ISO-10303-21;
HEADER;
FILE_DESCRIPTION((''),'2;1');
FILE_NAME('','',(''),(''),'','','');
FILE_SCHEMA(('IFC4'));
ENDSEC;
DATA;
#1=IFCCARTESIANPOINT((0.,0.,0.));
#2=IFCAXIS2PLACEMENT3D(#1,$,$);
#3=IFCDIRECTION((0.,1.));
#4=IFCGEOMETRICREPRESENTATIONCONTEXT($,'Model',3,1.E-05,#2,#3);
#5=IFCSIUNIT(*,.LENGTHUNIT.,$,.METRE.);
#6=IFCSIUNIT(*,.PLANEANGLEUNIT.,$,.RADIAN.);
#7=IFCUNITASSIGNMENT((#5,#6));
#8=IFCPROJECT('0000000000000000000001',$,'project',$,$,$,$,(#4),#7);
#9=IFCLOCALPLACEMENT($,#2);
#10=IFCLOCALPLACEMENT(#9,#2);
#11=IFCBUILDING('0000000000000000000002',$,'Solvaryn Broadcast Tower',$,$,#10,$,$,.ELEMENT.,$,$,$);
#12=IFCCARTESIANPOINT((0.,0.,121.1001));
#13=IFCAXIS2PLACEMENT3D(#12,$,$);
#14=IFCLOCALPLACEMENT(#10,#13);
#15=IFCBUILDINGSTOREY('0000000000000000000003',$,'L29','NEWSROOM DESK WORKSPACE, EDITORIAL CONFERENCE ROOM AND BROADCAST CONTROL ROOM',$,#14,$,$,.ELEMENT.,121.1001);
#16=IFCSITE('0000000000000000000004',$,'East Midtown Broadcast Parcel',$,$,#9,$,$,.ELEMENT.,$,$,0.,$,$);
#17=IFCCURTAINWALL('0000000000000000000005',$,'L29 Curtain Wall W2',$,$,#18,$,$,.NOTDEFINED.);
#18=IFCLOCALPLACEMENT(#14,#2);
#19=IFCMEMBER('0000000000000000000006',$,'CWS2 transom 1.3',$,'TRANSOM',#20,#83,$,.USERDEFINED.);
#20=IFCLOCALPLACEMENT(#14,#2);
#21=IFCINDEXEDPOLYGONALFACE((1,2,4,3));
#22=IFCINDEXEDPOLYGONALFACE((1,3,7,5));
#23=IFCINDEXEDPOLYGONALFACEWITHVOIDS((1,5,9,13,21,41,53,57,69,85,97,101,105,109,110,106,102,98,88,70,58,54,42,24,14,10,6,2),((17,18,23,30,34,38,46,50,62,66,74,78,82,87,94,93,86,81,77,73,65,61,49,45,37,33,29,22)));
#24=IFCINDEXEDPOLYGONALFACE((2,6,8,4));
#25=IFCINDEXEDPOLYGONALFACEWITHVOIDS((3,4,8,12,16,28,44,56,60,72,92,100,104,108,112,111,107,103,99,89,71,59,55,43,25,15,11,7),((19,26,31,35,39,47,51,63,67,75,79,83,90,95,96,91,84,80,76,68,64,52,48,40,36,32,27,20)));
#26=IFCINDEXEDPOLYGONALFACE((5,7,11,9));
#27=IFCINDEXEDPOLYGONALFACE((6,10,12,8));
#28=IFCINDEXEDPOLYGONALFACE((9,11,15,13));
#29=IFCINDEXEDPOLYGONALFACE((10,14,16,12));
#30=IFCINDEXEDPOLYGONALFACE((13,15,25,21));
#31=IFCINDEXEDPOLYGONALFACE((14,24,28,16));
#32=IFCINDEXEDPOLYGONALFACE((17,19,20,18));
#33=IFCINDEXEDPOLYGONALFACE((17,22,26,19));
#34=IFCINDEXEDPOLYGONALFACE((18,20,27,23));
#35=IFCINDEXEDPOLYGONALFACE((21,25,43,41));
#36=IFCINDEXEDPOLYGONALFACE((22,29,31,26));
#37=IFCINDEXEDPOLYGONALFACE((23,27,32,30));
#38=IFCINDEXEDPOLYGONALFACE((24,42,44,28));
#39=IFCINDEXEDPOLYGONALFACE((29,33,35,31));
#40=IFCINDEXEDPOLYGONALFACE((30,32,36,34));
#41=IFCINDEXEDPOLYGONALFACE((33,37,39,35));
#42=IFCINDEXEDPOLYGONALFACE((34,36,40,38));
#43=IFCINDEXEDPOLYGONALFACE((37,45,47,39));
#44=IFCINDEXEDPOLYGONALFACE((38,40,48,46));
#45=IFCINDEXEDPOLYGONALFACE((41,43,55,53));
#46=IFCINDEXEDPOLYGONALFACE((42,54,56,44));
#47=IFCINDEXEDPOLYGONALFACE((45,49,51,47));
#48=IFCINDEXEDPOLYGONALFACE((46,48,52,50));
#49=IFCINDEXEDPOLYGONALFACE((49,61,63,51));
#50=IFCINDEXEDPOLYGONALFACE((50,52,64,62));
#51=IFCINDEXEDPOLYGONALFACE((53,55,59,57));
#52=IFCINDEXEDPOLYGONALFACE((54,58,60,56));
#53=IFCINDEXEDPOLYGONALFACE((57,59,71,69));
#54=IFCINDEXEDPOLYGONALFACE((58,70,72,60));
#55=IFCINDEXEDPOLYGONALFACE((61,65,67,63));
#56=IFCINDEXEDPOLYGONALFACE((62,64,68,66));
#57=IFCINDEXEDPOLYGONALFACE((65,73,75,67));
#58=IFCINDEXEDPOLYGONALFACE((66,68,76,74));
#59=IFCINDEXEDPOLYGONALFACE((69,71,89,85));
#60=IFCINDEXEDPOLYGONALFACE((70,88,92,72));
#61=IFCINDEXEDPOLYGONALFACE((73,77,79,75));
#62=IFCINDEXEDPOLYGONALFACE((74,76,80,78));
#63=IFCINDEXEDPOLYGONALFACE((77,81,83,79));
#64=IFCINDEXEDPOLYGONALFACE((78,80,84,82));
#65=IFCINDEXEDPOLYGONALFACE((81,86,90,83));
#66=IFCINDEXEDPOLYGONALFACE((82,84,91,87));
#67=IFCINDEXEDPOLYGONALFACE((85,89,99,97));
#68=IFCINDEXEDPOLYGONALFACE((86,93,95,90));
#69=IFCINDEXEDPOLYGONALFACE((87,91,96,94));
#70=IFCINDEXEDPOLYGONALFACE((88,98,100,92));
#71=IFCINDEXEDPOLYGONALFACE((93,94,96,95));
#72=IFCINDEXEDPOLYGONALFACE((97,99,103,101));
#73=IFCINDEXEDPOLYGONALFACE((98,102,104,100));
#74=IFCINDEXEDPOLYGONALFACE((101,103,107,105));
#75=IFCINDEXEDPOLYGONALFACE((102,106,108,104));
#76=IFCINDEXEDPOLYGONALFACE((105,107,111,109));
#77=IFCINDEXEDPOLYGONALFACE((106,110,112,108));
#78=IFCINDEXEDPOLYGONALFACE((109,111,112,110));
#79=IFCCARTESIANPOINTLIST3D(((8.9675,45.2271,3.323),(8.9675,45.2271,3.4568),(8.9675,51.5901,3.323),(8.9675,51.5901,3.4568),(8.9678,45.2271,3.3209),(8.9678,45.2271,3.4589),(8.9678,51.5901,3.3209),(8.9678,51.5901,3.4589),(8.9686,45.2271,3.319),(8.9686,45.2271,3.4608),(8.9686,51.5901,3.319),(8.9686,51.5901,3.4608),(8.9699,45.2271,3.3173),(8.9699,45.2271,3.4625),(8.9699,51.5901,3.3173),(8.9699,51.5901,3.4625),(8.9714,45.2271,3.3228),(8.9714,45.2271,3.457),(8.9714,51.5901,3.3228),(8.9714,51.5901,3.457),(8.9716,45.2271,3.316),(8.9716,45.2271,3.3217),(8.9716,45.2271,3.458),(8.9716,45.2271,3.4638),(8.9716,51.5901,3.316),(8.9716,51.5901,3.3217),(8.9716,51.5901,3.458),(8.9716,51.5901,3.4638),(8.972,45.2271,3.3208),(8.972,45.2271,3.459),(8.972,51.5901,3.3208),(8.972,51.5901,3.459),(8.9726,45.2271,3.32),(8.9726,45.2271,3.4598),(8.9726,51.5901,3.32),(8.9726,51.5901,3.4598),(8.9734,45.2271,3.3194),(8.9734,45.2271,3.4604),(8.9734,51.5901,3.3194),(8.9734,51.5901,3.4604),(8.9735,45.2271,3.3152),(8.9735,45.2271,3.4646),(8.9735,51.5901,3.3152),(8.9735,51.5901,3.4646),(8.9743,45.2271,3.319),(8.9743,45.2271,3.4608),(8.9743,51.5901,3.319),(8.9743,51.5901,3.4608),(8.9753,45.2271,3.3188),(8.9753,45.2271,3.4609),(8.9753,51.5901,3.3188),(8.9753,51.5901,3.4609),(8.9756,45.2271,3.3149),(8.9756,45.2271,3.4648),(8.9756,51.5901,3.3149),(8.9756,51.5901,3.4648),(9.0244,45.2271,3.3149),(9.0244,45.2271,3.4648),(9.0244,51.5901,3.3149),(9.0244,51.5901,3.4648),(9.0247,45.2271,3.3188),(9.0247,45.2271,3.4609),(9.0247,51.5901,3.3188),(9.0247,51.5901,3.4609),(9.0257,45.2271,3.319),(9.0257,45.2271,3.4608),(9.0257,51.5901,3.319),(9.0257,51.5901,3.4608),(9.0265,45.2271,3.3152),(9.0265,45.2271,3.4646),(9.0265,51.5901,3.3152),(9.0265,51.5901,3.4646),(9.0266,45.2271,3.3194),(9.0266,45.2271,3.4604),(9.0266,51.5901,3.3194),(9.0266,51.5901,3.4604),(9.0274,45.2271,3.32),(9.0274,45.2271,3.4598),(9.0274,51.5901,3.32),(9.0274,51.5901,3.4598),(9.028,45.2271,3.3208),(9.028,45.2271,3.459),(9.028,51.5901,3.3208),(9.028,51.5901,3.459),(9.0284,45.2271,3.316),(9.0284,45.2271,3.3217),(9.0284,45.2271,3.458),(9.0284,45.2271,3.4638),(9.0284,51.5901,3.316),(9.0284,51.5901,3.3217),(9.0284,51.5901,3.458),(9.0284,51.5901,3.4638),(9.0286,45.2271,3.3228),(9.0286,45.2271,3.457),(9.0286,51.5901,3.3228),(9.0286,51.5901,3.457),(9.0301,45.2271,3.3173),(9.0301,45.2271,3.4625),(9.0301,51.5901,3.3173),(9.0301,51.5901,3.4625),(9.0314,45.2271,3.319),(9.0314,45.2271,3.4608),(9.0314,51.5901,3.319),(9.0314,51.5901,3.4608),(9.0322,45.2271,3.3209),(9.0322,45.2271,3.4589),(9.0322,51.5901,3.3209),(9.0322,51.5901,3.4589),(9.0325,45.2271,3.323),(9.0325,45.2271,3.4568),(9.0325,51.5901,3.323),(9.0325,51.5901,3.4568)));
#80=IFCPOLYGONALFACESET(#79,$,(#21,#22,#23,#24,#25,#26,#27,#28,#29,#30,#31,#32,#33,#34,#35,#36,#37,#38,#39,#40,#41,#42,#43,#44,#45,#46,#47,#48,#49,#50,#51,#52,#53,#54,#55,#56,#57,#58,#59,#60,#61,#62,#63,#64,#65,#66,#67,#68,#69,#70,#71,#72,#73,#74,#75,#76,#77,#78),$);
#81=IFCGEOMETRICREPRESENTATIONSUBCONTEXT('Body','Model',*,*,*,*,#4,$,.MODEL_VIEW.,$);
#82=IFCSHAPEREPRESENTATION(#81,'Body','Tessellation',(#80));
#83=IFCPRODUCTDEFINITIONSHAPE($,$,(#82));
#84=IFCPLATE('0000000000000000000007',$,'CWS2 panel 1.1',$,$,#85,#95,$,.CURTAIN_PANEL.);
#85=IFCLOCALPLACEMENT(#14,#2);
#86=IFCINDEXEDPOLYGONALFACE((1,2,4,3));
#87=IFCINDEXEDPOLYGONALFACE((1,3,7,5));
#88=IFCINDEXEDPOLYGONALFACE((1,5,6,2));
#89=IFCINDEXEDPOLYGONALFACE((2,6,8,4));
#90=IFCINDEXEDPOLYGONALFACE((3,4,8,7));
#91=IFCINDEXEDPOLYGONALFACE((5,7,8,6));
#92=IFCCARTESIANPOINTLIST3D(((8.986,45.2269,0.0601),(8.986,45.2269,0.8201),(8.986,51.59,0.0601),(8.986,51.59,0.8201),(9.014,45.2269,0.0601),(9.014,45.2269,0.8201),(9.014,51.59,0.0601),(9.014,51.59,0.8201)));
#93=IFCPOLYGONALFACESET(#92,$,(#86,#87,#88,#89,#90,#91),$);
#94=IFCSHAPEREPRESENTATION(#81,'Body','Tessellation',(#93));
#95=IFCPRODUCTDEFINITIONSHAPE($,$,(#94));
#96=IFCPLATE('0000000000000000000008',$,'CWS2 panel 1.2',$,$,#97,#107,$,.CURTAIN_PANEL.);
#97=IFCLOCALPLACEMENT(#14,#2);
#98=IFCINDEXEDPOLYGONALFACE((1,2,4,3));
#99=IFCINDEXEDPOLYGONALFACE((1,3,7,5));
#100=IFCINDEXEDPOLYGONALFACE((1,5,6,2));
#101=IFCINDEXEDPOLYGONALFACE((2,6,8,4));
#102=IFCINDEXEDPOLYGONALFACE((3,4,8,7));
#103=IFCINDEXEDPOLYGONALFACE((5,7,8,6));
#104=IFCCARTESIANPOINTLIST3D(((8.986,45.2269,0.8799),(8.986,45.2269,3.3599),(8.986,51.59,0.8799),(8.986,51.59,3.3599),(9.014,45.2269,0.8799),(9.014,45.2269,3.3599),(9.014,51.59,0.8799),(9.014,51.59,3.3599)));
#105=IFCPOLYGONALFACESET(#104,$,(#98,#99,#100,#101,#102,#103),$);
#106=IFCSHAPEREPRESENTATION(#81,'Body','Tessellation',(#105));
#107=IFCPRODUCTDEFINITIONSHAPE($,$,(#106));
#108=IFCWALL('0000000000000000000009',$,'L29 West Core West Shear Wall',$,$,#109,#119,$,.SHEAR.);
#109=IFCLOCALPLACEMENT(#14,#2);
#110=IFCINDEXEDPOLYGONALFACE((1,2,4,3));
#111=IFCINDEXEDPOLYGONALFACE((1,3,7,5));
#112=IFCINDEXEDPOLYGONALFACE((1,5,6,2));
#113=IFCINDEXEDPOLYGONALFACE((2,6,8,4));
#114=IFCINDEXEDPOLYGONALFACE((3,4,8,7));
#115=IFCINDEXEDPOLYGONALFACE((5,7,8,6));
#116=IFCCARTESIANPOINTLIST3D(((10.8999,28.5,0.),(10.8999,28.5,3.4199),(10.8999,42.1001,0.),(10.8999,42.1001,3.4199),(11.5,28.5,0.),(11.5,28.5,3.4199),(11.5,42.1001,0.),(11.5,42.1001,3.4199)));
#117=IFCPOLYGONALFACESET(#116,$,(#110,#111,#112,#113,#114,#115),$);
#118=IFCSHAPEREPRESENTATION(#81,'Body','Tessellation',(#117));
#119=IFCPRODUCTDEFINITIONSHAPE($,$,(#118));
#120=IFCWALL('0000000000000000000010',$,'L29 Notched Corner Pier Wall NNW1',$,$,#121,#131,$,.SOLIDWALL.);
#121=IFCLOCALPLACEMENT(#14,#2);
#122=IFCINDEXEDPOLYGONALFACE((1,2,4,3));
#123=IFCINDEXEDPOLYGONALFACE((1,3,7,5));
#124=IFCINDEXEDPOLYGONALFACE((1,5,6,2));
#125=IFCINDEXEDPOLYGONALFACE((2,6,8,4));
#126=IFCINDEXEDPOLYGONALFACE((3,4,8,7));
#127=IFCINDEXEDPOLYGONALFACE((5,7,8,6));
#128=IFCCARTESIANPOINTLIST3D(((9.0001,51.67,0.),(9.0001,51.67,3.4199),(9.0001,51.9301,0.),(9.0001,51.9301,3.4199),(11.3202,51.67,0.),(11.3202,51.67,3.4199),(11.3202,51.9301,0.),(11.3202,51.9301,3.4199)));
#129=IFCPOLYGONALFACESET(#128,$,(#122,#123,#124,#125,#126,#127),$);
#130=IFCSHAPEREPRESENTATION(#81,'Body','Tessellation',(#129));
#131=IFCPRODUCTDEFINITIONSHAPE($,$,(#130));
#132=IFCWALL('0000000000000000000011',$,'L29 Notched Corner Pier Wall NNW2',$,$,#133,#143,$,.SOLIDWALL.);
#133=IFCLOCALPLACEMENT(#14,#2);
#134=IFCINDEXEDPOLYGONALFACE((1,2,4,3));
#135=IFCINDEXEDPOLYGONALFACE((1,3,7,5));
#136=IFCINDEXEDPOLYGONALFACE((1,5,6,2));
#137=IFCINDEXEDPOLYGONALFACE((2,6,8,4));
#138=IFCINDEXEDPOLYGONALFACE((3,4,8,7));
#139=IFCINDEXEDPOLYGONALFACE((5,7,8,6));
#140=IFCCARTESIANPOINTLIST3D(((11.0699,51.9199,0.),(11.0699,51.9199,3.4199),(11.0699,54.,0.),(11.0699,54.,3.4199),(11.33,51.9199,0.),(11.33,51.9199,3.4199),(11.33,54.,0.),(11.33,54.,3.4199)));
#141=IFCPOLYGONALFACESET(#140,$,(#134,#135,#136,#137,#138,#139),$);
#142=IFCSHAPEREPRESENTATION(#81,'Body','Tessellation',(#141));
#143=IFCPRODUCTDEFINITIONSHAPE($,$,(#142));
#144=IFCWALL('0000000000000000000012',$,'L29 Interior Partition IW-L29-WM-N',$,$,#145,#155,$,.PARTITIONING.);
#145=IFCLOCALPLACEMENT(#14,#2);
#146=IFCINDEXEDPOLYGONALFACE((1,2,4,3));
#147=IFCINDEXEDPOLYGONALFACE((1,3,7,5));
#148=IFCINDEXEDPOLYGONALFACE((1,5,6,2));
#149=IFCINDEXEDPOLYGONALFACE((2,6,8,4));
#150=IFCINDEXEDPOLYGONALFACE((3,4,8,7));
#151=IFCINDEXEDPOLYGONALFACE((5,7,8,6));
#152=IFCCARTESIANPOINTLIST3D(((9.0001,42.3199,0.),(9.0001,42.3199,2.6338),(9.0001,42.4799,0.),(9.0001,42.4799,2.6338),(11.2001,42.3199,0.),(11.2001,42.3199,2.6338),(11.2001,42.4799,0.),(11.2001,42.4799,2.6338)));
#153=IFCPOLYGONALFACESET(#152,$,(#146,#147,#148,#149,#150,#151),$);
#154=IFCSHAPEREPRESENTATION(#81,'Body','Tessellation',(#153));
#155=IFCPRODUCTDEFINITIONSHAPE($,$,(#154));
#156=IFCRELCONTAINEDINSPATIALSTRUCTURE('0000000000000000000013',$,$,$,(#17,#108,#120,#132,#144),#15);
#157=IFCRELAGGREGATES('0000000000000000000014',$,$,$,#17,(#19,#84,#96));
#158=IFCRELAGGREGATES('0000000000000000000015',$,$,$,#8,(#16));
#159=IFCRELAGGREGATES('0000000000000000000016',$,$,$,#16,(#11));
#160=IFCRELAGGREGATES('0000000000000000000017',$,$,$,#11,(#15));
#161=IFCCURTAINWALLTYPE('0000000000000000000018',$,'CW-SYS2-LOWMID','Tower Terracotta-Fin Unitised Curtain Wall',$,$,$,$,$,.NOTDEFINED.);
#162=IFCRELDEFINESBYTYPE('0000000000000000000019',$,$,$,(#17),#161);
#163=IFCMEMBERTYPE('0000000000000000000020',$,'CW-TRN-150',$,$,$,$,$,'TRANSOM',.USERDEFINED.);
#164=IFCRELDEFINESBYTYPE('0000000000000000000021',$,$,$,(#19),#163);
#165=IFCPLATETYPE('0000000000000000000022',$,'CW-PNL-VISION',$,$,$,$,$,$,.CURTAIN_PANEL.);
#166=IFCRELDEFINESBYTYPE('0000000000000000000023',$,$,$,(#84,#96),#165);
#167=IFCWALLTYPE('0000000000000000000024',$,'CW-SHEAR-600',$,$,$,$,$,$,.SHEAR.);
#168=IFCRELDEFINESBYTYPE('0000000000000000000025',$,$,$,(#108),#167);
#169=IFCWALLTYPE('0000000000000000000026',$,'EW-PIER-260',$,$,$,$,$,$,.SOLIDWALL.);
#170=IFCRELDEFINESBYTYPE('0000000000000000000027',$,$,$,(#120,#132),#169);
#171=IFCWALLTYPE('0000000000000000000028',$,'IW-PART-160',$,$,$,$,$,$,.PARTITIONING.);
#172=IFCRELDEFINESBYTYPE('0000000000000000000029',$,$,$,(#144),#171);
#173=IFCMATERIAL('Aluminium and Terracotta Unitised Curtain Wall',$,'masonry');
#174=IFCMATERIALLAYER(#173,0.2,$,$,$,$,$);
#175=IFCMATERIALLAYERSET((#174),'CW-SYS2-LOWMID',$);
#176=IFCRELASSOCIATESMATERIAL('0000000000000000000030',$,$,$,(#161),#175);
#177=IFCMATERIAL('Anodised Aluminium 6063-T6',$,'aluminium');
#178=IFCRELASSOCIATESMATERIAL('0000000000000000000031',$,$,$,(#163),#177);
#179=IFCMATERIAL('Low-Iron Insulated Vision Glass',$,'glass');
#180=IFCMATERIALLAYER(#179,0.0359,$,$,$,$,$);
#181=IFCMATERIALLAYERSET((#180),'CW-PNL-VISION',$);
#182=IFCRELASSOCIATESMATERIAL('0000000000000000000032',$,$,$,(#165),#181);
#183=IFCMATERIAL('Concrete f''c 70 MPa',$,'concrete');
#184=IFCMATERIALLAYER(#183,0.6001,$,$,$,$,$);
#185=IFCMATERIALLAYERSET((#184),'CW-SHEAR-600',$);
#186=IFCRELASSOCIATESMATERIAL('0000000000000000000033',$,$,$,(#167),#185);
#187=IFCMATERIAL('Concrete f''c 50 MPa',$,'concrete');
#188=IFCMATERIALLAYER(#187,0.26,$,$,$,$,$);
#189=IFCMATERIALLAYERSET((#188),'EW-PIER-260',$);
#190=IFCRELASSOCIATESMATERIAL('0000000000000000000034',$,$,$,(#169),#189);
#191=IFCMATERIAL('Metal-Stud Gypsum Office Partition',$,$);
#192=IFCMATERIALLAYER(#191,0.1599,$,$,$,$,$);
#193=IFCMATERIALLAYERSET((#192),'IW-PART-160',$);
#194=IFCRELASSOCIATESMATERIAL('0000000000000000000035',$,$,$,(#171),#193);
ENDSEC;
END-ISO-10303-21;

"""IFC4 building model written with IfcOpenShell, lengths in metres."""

from ifc_helpers import new_model, si_unit, direction, frame, frame_2d, origin, origin_2d, place, context, subcontext, project, spatial, rectangle, hollow_rectangle, extrude, material, layer, layer_set, material_profile, profile_set, type_object, element, aggregate, save


model = new_model("IFC4")

# Units and contexts
model_context = context("Model", 3, precision=1e-05, world=origin(), true_north=direction((0.0, 1.0)))
body_context = subcontext(model_context, "Body", "Model", "MODEL_VIEW")
ifc_project = project(units=[si_unit("LENGTHUNIT", "METRE"), si_unit("PLANEANGLEUNIT", "RADIAN")], contexts=[model_context])

# Site, building, storey
site_placement = place(None, origin())
site = spatial("IfcSite", under=ifc_project, at=site_placement, Name="East Midtown Broadcast Parcel", CompositionType="ELEMENT", RefElevation=0.0)
building_placement = place(site_placement, origin())
building = spatial("IfcBuilding", under=site, at=building_placement, Name="Solvaryn Broadcast Tower", CompositionType="ELEMENT")
storey_placement = place(building_placement, frame((0.0, 0.0, 121.1001)))
storey = spatial("IfcBuildingStorey", under=building, at=storey_placement, Name="L29", Description="NEWSROOM DESK WORKSPACE, EDITORIAL CONFERENCE ROOM AND BROADCAST CONTROL ROOM", CompositionType="ELEMENT", Elevation=121.1001)

# Shared definitions
ifc_material_1 = material(Name="Aluminium and Terracotta Unitised Curtain Wall", Category="masonry")
ifc_layer_1 = layer(ifc_material_1, 0.2)
ifc_layer_set_1 = layer_set([ifc_layer_1], Name="CW-SYS2-LOWMID")
curtain_wall_type = type_object("IfcCurtainWallType", Name="CW-SYS2-LOWMID", Description="Tower Terracotta-Fin Unitised Curtain Wall", PredefinedType="NOTDEFINED", material=ifc_layer_set_1)

# Curtain wall
curtain_wall_1_placement = place(storey_placement, origin())
curtain_wall_1 = element("IfcCurtainWall", 1, at=curtain_wall_1_placement, inside=storey, type_object=curtain_wall_type, Name="L29 Curtain Wall W2", PredefinedType="NOTDEFINED")

# Member
ifc_material_2 = material(Name="Anodised Aluminium 6063-T6", Category="aluminium")
ifc_material_profile_1 = material_profile(ifc_material_2, hollow_rectangle(XDim=0.0649, YDim=0.1499, WallThickness=0.0039, InnerFilletRadius=0.0039, OuterFilletRadius=0.0081, at=origin_2d()))
ifc_profile_set_1 = profile_set([ifc_material_profile_1], Name="Anodised Aluminium 6063-T6")
member_type_1 = type_object("IfcMemberType", Name="CW-TRN-150", ElementType="TRANSOM", PredefinedType="USERDEFINED", material=ifc_profile_set_1)
member_1_placement = place(storey_placement, frame((9.0, 45.2271, 3.3899), z_axis=(0.0, 1.0, 0.0), x_axis=(-1.0, 0.0, 0.0)))
member_1 = element("IfcMember", 2, at=member_1_placement, type_object=member_type_1, Name="CWS2 transom 1.3", ObjectType="TRANSOM", PredefinedType="USERDEFINED", context=body_context, shape_type="SweptSolid", body=[
    extrude(hollow_rectangle(XDim=0.0649, YDim=0.1499, WallThickness=0.0039, InnerFilletRadius=0.0039, OuterFilletRadius=0.0081, at=origin_2d()), origin(), (0.0, 0.0, 1.0), 6.363),
])

# Plates
ifc_material_3 = material(Name="Low-Iron Insulated Vision Glass", Category="glass")
ifc_layer_2 = layer(ifc_material_3, 0.0359)
ifc_layer_set_2 = layer_set([ifc_layer_2], Name="CW-PNL-VISION")
plate_type = type_object("IfcPlateType", Name="CW-PNL-VISION", PredefinedType="CURTAIN_PANEL", material=ifc_layer_set_2)
plate_1_placement = place(storey_placement, frame((9.0, 48.4084, 0.0601), z_axis=(0.0, 0.0, 1.0), x_axis=(0.0, 1.0, 0.0)))
plate_1 = element("IfcPlate", 3, at=plate_1_placement, type_object=plate_type, Name="CWS2 panel 1.1", PredefinedType="CURTAIN_PANEL", context=body_context, shape_type="SweptSolid", body=[
    extrude(rectangle(XDim=6.363, YDim=0.0281, at=origin_2d()), origin(), (0.0, 0.0, 1.0), 0.76),
])
plate_2_placement = place(storey_placement, frame((9.0, 48.4084, 0.8799), z_axis=(0.0, 0.0, 1.0), x_axis=(0.0, 1.0, 0.0)))
plate_2 = element("IfcPlate", 4, at=plate_2_placement, type_object=plate_type, Name="CWS2 panel 1.2", PredefinedType="CURTAIN_PANEL", context=body_context, shape_type="SweptSolid", body=[
    extrude(rectangle(XDim=6.363, YDim=0.0281, at=origin_2d()), origin(), (0.0, 0.0, 1.0), 2.48),
])
aggregate(curtain_wall_1, [member_1, plate_1, plate_2])

# Walls
ifc_material_4 = material(Name="Concrete f'c 70 MPa", Category="concrete")
ifc_layer_3 = layer(ifc_material_4, 0.6001)
ifc_layer_set_3 = layer_set([ifc_layer_3], Name="CW-SHEAR-600")
wall_type_1 = type_object("IfcWallType", Name="CW-SHEAR-600", PredefinedType="SHEAR", material=ifc_layer_set_3)
wall_1_placement = place(storey_placement, frame((11.2, 42.1001, 0.0), z_axis=(0.0, 0.0, 1.0), x_axis=(0.0, -1.0, 0.0)))
element("IfcWall", 5, at=wall_1_placement, inside=storey, type_object=wall_type_1, Name="L29 West Core West Shear Wall", PredefinedType="SHEAR", context=body_context, shape_type="SweptSolid", body=[
    extrude(rectangle(XDim=13.6001, YDim=0.6001, at=frame_2d((6.8, 0.0))), origin(), (0.0, 0.0, 1.0), 3.4199),
])
ifc_material_5 = material(Name="Concrete f'c 50 MPa", Category="concrete")
ifc_layer_4 = layer(ifc_material_5, 0.26)
ifc_layer_set_4 = layer_set([ifc_layer_4], Name="EW-PIER-260")
wall_type_2 = type_object("IfcWallType", Name="EW-PIER-260", PredefinedType="SOLIDWALL", material=ifc_layer_set_4)
wall_2_placement = place(storey_placement, frame((9.0, 51.8, 0.0), z_axis=(0.0, 0.0, 1.0), x_axis=(1.0, 0.0, 0.0)))
element("IfcWall", 6, at=wall_2_placement, inside=storey, type_object=wall_type_2, Name="L29 Notched Corner Pier Wall NNW1", PredefinedType="SOLIDWALL", context=body_context, shape_type="SweptSolid", body=[
    extrude(rectangle(XDim=2.3201, YDim=0.26, at=frame_2d((1.1602, 0.0))), origin(), (0.0, 0.0, 1.0), 3.4199),
])
wall_3_placement = place(storey_placement, frame((11.2, 51.9199, 0.0), z_axis=(0.0, 0.0, 1.0), x_axis=(0.0, 1.0, 0.0)))
element("IfcWall", 7, at=wall_3_placement, inside=storey, type_object=wall_type_2, Name="L29 Notched Corner Pier Wall NNW2", PredefinedType="SOLIDWALL", context=body_context, shape_type="SweptSolid", body=[
    extrude(rectangle(XDim=2.0801, YDim=0.26, at=frame_2d((1.04, 0.0))), origin(), (0.0, 0.0, 1.0), 3.4199),
])
ifc_material_6 = material(Name="Metal-Stud Gypsum Office Partition")
ifc_layer_5 = layer(ifc_material_6, 0.1599)
ifc_layer_set_5 = layer_set([ifc_layer_5], Name="IW-PART-160")
wall_type_3 = type_object("IfcWallType", Name="IW-PART-160", PredefinedType="PARTITIONING", material=ifc_layer_set_5)
wall_4_placement = place(storey_placement, frame((9.0, 42.3999, 0.0), z_axis=(0.0, 0.0, 1.0), x_axis=(1.0, 0.0, 0.0)))
element("IfcWall", 8, at=wall_4_placement, inside=storey, type_object=wall_type_3, Name="L29 Interior Partition IW-L29-WM-N", PredefinedType="PARTITIONING", context=body_context, shape_type="SweptSolid", body=[
    extrude(rectangle(XDim=2.2, YDim=0.1599, at=frame_2d((1.1001, 0.0))), origin(), (0.0, 0.0, 1.0), 2.6338),
])

save(model, "model.ifc")
